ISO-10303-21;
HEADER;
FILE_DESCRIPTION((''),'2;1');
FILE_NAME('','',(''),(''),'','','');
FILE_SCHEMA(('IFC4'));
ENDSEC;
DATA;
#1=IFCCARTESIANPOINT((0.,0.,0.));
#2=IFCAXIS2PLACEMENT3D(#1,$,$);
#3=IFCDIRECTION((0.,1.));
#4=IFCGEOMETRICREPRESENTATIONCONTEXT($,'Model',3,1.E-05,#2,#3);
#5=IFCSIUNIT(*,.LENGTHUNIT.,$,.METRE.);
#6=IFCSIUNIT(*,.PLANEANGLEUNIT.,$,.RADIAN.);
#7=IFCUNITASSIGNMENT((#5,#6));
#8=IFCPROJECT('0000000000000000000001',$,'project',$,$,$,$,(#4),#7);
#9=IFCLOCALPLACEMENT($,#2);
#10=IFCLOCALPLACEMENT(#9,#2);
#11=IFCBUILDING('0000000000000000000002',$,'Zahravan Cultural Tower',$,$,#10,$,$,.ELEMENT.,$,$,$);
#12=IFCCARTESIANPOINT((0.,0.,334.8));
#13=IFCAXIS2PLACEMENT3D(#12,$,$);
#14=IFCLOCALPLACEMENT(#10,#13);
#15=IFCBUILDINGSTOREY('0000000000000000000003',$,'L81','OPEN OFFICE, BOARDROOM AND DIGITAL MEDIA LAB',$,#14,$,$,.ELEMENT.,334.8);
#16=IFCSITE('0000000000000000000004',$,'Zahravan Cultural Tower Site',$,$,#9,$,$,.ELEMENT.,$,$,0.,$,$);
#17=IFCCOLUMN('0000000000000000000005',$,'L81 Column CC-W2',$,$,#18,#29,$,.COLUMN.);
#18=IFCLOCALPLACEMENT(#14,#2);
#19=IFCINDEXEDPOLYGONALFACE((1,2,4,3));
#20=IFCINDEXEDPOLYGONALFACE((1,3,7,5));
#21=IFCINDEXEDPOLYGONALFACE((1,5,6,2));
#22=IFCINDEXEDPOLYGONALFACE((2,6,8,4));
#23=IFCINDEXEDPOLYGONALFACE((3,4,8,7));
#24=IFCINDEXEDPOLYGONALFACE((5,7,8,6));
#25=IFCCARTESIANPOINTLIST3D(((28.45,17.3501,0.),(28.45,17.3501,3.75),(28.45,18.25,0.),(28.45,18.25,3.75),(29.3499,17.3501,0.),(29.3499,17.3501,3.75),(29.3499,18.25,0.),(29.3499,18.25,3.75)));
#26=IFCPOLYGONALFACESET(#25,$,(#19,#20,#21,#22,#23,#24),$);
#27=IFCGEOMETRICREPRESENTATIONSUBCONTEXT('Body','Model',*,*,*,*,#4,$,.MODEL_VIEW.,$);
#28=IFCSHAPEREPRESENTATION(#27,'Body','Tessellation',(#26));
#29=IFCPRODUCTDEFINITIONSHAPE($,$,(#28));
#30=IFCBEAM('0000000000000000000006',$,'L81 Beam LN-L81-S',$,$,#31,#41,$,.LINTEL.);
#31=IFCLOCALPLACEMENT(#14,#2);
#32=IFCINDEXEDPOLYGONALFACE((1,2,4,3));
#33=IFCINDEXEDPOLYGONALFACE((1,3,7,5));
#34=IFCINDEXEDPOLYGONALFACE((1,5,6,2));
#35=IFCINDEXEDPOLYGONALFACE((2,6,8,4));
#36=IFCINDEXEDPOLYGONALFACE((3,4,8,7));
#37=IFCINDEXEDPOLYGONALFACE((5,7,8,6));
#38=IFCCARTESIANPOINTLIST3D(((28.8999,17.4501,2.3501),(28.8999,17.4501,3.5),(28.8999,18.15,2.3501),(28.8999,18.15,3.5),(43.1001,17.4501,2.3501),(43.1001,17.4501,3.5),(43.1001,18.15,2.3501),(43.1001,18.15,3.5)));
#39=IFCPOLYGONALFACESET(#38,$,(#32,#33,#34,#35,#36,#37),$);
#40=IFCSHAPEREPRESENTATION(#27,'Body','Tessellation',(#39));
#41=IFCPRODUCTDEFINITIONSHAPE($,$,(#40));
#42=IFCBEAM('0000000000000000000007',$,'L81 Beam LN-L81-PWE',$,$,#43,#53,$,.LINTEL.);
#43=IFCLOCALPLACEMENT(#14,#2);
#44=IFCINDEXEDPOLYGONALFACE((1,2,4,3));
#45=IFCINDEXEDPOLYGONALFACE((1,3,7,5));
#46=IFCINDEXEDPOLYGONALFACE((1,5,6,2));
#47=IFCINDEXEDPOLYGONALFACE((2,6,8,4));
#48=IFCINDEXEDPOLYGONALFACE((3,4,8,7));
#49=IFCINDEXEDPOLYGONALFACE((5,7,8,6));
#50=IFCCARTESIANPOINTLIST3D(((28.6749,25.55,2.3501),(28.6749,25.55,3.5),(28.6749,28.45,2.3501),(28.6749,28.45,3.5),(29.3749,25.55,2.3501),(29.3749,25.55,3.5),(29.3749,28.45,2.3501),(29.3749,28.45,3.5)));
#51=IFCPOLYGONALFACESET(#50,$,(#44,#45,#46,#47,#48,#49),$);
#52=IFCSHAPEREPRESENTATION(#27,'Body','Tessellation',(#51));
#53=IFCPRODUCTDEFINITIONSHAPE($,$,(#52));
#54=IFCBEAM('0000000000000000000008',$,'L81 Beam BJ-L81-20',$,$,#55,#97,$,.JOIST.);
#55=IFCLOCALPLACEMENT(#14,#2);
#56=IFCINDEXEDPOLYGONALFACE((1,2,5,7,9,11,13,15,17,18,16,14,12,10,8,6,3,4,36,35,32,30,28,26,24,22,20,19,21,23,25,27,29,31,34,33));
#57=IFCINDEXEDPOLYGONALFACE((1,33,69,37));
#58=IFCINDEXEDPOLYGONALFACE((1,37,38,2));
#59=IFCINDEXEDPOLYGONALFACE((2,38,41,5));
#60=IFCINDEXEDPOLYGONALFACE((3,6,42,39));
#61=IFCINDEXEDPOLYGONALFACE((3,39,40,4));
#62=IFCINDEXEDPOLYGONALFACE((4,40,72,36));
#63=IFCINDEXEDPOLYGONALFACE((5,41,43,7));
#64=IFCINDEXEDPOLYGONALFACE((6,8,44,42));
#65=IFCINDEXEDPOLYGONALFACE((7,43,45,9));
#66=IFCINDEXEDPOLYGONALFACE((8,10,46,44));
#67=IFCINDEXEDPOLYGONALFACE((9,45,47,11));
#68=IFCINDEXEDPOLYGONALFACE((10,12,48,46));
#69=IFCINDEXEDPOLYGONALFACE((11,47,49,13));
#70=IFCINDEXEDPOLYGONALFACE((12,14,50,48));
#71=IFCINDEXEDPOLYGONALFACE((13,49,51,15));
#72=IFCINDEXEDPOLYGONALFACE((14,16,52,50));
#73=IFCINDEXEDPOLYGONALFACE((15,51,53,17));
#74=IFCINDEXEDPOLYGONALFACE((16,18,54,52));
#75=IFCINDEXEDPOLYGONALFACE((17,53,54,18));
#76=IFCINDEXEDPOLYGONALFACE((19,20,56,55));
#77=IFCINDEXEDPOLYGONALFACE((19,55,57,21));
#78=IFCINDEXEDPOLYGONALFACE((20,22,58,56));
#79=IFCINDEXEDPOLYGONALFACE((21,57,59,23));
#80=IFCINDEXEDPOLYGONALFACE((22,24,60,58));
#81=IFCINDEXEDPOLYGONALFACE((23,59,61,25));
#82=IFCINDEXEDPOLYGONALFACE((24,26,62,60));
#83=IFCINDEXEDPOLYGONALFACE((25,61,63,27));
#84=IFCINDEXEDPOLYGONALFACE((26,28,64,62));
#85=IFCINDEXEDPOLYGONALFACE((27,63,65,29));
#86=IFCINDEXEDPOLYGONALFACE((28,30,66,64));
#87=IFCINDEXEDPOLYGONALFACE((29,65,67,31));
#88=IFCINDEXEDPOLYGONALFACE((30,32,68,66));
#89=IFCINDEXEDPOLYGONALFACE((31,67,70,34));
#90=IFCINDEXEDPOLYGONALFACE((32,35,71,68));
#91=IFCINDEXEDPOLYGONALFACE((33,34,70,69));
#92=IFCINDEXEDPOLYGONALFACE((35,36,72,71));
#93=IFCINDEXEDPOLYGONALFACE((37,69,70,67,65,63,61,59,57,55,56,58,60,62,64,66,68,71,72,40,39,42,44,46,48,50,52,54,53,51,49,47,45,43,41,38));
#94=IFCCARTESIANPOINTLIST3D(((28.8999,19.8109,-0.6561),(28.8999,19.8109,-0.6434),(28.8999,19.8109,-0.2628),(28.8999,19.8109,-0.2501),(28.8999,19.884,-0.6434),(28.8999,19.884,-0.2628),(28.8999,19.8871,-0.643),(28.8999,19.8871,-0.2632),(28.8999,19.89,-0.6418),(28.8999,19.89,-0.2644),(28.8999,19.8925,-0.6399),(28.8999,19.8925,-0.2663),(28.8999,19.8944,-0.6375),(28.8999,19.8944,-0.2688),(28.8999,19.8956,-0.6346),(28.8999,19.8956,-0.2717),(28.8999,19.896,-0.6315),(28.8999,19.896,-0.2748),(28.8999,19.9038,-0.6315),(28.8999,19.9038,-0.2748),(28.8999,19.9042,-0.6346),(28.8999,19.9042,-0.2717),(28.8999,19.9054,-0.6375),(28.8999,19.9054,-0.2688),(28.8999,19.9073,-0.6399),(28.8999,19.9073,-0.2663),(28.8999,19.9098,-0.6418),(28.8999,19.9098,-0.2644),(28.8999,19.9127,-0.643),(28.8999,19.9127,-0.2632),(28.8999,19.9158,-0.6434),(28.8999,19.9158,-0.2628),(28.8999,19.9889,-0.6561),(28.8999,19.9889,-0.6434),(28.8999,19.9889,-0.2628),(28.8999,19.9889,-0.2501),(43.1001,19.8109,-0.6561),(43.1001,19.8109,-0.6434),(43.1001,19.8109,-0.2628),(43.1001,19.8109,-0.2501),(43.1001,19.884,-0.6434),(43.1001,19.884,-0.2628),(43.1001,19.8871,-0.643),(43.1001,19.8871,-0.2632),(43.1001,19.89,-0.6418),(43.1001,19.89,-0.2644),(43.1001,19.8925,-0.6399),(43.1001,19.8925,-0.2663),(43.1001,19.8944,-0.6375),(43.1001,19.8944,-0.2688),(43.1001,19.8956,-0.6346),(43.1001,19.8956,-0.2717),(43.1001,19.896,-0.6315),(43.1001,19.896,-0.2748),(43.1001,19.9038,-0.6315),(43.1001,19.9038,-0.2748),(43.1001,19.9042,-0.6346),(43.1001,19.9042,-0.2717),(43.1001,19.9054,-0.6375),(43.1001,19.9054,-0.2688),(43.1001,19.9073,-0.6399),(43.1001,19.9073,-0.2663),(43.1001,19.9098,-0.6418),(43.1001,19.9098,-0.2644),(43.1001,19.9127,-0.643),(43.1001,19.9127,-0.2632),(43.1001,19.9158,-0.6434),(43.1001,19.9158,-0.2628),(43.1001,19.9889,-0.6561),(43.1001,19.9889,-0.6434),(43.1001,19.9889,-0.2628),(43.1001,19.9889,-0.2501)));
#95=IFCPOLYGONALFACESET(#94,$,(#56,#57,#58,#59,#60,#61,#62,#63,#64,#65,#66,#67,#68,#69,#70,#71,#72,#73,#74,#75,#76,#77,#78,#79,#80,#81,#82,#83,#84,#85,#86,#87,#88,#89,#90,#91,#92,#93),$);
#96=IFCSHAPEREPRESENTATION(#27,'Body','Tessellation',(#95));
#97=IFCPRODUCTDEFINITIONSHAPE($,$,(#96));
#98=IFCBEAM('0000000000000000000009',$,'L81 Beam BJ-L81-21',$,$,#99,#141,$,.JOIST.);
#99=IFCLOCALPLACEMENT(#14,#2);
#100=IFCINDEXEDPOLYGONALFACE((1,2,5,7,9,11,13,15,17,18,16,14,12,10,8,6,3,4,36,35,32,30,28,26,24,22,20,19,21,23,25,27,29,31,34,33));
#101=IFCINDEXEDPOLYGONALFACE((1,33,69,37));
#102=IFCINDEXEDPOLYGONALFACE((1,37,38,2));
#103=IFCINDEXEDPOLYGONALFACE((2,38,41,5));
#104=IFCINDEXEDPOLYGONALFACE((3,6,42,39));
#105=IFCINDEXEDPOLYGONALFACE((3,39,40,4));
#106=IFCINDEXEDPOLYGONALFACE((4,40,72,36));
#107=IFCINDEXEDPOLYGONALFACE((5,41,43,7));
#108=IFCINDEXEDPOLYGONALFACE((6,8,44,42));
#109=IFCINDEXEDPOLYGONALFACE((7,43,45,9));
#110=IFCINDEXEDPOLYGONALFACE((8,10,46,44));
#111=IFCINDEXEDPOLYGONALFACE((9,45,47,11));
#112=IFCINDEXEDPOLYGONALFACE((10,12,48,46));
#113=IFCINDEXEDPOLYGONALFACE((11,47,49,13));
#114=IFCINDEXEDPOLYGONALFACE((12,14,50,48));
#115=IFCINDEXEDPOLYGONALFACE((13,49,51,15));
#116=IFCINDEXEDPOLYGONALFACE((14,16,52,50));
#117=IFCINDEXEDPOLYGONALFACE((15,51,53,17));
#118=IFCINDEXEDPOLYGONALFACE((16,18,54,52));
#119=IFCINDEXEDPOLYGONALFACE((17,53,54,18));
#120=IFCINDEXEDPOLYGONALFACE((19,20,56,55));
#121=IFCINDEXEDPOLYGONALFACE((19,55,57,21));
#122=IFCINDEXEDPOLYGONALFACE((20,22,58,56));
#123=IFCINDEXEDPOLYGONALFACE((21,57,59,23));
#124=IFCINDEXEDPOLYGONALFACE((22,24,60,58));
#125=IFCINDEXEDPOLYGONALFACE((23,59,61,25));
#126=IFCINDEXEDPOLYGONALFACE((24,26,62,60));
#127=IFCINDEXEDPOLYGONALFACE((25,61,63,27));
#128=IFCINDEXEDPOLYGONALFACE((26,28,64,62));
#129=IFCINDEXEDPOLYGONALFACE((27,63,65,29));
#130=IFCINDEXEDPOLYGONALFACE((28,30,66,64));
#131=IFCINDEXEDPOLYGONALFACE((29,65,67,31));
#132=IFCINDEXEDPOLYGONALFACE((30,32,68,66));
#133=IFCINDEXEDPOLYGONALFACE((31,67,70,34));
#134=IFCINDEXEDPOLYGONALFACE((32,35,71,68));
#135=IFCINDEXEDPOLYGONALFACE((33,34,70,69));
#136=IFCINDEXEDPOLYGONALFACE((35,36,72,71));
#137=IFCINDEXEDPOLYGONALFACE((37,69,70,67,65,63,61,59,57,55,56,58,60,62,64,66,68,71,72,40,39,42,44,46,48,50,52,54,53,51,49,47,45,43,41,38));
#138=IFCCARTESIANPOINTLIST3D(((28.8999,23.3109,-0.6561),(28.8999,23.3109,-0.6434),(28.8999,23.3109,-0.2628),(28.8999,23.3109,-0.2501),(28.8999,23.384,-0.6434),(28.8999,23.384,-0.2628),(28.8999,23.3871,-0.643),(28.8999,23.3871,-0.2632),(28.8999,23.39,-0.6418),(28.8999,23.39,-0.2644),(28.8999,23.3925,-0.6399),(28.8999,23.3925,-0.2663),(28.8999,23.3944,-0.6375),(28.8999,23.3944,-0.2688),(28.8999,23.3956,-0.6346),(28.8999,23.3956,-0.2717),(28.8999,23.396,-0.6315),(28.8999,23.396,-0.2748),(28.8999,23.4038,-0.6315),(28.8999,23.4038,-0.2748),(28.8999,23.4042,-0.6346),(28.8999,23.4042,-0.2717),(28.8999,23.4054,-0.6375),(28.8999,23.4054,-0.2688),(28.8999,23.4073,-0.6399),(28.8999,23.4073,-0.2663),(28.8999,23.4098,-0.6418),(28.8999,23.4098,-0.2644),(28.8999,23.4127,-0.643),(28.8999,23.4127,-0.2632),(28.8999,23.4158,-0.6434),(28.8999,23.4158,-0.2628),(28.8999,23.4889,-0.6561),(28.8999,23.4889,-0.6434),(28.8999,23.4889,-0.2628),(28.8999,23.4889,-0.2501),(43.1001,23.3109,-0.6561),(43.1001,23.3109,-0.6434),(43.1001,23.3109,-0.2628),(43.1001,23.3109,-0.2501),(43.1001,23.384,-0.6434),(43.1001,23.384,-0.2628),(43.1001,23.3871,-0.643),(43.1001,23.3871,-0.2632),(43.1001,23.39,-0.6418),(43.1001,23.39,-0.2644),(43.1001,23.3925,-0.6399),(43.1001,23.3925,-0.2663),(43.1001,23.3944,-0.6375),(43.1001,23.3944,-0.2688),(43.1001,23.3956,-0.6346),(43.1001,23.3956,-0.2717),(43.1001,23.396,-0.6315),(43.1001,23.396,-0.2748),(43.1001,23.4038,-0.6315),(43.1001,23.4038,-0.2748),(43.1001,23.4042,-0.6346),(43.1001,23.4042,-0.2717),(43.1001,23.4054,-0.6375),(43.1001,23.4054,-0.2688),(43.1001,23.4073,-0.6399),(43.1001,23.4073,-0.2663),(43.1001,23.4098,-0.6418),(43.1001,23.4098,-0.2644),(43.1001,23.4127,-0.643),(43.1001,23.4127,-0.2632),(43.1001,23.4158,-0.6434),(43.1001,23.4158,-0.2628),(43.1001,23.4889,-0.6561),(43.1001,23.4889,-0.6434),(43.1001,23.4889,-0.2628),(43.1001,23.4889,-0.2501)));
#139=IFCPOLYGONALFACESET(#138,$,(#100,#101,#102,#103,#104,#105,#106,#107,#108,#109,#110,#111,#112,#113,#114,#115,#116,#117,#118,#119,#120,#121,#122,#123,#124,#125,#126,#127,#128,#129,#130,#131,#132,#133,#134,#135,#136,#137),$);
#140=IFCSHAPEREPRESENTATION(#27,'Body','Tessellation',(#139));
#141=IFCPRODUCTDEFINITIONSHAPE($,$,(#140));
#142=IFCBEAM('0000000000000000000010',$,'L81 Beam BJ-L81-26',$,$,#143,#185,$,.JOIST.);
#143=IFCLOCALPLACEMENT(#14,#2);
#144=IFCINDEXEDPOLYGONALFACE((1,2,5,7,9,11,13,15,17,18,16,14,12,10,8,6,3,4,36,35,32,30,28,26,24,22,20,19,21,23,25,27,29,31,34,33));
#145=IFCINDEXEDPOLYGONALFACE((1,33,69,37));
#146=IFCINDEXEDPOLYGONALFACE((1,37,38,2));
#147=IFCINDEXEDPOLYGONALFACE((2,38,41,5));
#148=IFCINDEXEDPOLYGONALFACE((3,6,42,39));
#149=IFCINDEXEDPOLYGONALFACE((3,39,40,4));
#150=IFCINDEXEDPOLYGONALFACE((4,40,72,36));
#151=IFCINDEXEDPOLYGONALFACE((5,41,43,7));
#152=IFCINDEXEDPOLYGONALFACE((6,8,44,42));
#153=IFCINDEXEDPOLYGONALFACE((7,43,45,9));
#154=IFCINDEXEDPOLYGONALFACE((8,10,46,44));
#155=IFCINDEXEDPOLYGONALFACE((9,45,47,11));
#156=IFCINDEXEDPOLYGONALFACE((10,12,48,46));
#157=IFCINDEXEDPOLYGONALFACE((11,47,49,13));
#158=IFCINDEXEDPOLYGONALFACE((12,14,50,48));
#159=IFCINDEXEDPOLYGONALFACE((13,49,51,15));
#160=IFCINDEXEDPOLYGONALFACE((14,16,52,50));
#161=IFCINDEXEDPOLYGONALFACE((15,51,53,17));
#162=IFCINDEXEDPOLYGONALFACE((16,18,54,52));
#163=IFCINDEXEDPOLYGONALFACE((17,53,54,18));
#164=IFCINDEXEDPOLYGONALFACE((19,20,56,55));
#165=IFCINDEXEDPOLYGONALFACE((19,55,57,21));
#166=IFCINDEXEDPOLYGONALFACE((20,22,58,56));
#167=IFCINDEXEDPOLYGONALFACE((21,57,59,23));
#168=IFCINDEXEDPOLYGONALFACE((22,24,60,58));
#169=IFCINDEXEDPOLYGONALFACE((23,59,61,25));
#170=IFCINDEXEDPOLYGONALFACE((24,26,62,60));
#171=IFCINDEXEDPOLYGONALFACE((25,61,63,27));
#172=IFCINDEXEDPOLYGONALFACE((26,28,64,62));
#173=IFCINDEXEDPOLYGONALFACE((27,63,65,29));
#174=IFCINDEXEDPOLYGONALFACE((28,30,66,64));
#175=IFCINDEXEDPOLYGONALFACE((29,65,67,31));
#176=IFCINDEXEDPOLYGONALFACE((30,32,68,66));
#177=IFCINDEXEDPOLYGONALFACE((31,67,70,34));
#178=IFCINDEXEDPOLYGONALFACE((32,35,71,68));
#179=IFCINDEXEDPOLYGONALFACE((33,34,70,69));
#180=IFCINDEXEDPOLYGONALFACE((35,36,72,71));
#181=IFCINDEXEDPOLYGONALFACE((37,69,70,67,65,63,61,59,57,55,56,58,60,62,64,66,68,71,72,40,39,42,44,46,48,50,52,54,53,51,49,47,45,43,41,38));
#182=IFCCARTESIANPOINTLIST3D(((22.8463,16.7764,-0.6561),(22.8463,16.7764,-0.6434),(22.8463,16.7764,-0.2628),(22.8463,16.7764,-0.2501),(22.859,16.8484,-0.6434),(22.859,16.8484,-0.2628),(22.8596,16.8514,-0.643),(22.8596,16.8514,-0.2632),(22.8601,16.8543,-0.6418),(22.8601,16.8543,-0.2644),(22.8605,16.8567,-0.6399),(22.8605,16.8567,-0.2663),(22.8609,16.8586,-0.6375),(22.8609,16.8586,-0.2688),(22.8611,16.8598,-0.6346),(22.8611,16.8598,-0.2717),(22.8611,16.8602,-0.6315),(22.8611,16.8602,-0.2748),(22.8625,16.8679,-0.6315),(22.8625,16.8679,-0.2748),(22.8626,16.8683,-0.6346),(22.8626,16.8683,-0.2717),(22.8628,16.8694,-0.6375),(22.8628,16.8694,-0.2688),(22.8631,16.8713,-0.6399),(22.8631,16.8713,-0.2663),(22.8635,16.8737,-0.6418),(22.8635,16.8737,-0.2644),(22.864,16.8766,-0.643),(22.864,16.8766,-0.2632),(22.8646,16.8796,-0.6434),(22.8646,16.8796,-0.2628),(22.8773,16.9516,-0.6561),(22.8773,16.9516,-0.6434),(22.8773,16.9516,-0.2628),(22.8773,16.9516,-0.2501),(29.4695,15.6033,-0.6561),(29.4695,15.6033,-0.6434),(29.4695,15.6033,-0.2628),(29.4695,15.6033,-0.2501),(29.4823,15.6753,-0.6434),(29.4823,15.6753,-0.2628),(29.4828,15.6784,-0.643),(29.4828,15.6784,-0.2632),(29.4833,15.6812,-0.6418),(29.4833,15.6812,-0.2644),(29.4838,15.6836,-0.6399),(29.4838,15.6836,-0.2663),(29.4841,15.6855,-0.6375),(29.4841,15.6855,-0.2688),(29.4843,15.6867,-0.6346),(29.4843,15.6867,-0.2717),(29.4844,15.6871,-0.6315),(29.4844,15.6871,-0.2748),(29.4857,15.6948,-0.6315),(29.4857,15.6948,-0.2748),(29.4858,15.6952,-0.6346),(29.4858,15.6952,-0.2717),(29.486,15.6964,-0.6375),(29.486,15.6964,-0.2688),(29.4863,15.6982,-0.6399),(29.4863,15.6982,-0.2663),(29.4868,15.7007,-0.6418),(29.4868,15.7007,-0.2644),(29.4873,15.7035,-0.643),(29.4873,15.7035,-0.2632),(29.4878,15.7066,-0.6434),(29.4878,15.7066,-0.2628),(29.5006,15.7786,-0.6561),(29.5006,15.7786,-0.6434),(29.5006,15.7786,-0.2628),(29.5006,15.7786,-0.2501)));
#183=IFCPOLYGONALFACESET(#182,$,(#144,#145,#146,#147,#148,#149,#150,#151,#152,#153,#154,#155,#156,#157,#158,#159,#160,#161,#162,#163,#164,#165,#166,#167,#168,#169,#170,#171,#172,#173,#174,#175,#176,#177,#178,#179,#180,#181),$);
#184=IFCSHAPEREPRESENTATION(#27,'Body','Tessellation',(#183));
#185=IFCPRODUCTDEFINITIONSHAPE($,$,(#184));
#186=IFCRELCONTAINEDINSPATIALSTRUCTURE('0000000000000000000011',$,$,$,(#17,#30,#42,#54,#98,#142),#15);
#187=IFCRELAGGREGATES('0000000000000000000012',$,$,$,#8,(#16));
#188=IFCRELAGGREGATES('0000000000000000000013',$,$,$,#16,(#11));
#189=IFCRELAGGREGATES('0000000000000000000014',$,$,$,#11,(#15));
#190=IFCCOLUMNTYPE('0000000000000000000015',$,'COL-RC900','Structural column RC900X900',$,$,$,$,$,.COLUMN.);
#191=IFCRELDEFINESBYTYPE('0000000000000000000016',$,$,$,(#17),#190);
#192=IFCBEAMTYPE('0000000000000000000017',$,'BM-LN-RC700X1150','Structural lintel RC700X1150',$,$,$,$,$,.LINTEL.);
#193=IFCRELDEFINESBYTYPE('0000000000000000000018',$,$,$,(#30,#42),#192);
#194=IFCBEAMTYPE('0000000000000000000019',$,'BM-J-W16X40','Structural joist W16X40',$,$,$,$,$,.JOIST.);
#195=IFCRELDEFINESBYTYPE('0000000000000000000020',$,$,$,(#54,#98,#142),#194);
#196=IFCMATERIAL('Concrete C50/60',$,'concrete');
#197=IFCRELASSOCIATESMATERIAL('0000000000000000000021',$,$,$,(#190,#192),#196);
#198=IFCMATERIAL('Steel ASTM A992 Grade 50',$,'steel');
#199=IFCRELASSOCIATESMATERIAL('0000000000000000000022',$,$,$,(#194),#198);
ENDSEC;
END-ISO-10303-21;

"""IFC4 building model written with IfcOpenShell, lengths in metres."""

from ifc_helpers import new_model, si_unit, direction, frame, origin, origin_2d, place, context, subcontext, project, spatial, rectangle, i_section, extrude, source, transform, mapped, material, material_profile, profile_set, type_object, element, save


model = new_model("IFC4")

# Units and contexts
model_context = context("Model", 3, precision=1e-05, world=origin(), true_north=direction((0.0, 1.0)))
body_context = subcontext(model_context, "Body", "Model", "MODEL_VIEW")
ifc_project = project(units=[si_unit("LENGTHUNIT", "METRE"), si_unit("PLANEANGLEUNIT", "RADIAN")], contexts=[model_context])

# Site, building, storey
site_placement = place(None, origin())
site = spatial("IfcSite", under=ifc_project, at=site_placement, Name="Zahravan Cultural Tower Site", CompositionType="ELEMENT", RefElevation=0.0)
building_placement = place(site_placement, origin())
building = spatial("IfcBuilding", under=site, at=building_placement, Name="Zahravan Cultural Tower", CompositionType="ELEMENT")
storey_placement = place(building_placement, frame((0.0, 0.0, 334.8)))
storey = spatial("IfcBuildingStorey", under=building, at=storey_placement, Name="L81", Description="OPEN OFFICE, BOARDROOM AND DIGITAL MEDIA LAB", CompositionType="ELEMENT", Elevation=334.8)

# Column
ifc_material_1 = material(Name="Concrete C50/60", Category="concrete")
ifc_material_profile_1 = material_profile(ifc_material_1, rectangle(XDim=0.8999, YDim=0.8999, at=origin_2d()), Name="RC900X900")
ifc_profile_set_1 = profile_set([ifc_material_profile_1], Name="Concrete C50/60")
column_type = type_object("IfcColumnType", Name="COL-RC900", Description="Structural column RC900X900", PredefinedType="COLUMN", material=ifc_profile_set_1)
shared_shape_1 = source(origin(), body_context, "Body", "SweptSolid", [
    extrude(rectangle(XDim=0.8999, YDim=0.8999, at=origin_2d()), origin(), (0.0, 0.0, 1.0), 3.75),
])
column_placement = place(storey_placement, frame((28.8999, 17.8, 0.0), z_axis=(0.0, 0.0, 1.0), x_axis=(1.0, 0.0, 0.0)))
element("IfcColumn", 1, at=column_placement, inside=storey, type_object=column_type, Name="L81 Column CC-W2", PredefinedType="COLUMN", context=body_context, shape_type="MappedRepresentation", body=[
    mapped(shared_shape_1, transform((0.0, 0.0, 0.0), x_axis=(1.0, 0.0, 0.0), y_axis=(0.0, 1.0, 0.0), z_axis=(0.0, 0.0, 1.0), scale=1.0)),
])

# Beams
ifc_material_profile_2 = material_profile(ifc_material_1, rectangle(XDim=0.7, YDim=1.1499, at=origin_2d()), Name="RC700X1150")
ifc_profile_set_2 = profile_set([ifc_material_profile_2], Name="Concrete C50/60")
beam_type_1 = type_object("IfcBeamType", Name="BM-LN-RC700X1150", Description="Structural lintel RC700X1150", PredefinedType="LINTEL", material=ifc_profile_set_2)
shared_shape_2 = source(origin(), body_context, "Body", "SweptSolid", [
    extrude(rectangle(XDim=0.7, YDim=1.1499, at=origin_2d()), origin(), (0.0, 0.0, 1.0), 14.2002),
])
beam_1_placement = place(storey_placement, frame((28.8999, 17.8, 2.925), z_axis=(1.0, 0.0, 0.0), x_axis=(0.0, 1.0, 0.0)))
element("IfcBeam", 2, at=beam_1_placement, inside=storey, type_object=beam_type_1, Name="L81 Beam LN-L81-S", PredefinedType="LINTEL", context=body_context, shape_type="MappedRepresentation", body=[
    mapped(shared_shape_2, transform((0.0, 0.0, 0.0), x_axis=(1.0, 0.0, 0.0), y_axis=(0.0, 1.0, 0.0), z_axis=(0.0, 0.0, 1.0), scale=1.0)),
])
shared_shape_3 = source(origin(), body_context, "Body", "SweptSolid", [
    extrude(rectangle(XDim=0.7, YDim=1.1499, at=origin_2d()), origin(), (0.0, 0.0, 1.0), 2.8999),
])
beam_2_placement = place(storey_placement, frame((29.0249, 25.55, 2.925), z_axis=(0.0, 1.0, 0.0), x_axis=(-1.0, 0.0, 0.0)))
element("IfcBeam", 3, at=beam_2_placement, inside=storey, type_object=beam_type_1, Name="L81 Beam LN-L81-PWE", PredefinedType="LINTEL", context=body_context, shape_type="MappedRepresentation", body=[
    mapped(shared_shape_3, transform((0.0, 0.0, 0.0), x_axis=(1.0, 0.0, 0.0), y_axis=(0.0, 1.0, 0.0), z_axis=(0.0, 0.0, 1.0), scale=1.0)),
])
ifc_material_2 = material(Name="Steel ASTM A992 Grade 50", Category="steel")
ifc_material_profile_3 = material_profile(ifc_material_2, i_section(OverallWidth=0.178, OverallDepth=0.406, WebThickness=0.0078, FlangeThickness=0.0127, FilletRadius=0.012, at=origin_2d()), Name="W16X40")
ifc_profile_set_3 = profile_set([ifc_material_profile_3], Name="Steel ASTM A992 Grade 50")
beam_type_2 = type_object("IfcBeamType", Name="BM-J-W16X40", Description="Structural joist W16X40", PredefinedType="JOIST", material=ifc_profile_set_3)
shared_shape_4 = source(origin(), body_context, "Body", "SweptSolid", [
    extrude(i_section(OverallWidth=0.178, OverallDepth=0.406, WebThickness=0.0078, FlangeThickness=0.0127, FilletRadius=0.012, at=origin_2d()), origin(), (0.0, 0.0, 1.0), 14.2002),
])
for number, where, z_axis, x_axis, name in (
    (4, (28.8999, 19.8999, -0.4531), (1.0, 0.0, 0.0), (0.0, 1.0, 0.0), "L81 Beam BJ-L81-20"),
    (5, (28.8999, 23.3999, -0.4531), (1.0, 0.0, 0.0), (0.0, 1.0, 0.0), "L81 Beam BJ-L81-21"),
):
    element("IfcBeam", number, at=place(storey_placement, frame(where, z_axis=z_axis, x_axis=x_axis)), inside=storey, type_object=beam_type_2, Name=name, PredefinedType="JOIST", context=body_context, shape_type="MappedRepresentation", body=[
        mapped(shared_shape_4, transform((0.0, 0.0, 0.0), x_axis=(1.0, 0.0, 0.0), y_axis=(0.0, 1.0, 0.0), z_axis=(0.0, 0.0, 1.0), scale=1.0)),
    ])
shared_shape_5 = source(origin(), body_context, "Body", "SweptSolid", [
    extrude(i_section(OverallWidth=0.178, OverallDepth=0.406, WebThickness=0.0078, FlangeThickness=0.0127, FilletRadius=0.012, at=origin_2d()), origin(), (0.0, 0.0, 1.0), 6.7263),
])
beam_3_placement = place(storey_placement, frame((22.8618, 16.864, -0.4531), z_axis=(0.984674, -0.174402, 0.0), x_axis=(0.174402, 0.984674, 0.0)))
element("IfcBeam", 6, at=beam_3_placement, inside=storey, type_object=beam_type_2, Name="L81 Beam BJ-L81-26", PredefinedType="JOIST", context=body_context, shape_type="MappedRepresentation", body=[
    mapped(shared_shape_5, transform((0.0, 0.0, 0.0), x_axis=(1.0, 0.0, 0.0), y_axis=(0.0, 1.0, 0.0), z_axis=(0.0, 0.0, 1.0), scale=1.0)),
])

save(model, "model.ifc")
